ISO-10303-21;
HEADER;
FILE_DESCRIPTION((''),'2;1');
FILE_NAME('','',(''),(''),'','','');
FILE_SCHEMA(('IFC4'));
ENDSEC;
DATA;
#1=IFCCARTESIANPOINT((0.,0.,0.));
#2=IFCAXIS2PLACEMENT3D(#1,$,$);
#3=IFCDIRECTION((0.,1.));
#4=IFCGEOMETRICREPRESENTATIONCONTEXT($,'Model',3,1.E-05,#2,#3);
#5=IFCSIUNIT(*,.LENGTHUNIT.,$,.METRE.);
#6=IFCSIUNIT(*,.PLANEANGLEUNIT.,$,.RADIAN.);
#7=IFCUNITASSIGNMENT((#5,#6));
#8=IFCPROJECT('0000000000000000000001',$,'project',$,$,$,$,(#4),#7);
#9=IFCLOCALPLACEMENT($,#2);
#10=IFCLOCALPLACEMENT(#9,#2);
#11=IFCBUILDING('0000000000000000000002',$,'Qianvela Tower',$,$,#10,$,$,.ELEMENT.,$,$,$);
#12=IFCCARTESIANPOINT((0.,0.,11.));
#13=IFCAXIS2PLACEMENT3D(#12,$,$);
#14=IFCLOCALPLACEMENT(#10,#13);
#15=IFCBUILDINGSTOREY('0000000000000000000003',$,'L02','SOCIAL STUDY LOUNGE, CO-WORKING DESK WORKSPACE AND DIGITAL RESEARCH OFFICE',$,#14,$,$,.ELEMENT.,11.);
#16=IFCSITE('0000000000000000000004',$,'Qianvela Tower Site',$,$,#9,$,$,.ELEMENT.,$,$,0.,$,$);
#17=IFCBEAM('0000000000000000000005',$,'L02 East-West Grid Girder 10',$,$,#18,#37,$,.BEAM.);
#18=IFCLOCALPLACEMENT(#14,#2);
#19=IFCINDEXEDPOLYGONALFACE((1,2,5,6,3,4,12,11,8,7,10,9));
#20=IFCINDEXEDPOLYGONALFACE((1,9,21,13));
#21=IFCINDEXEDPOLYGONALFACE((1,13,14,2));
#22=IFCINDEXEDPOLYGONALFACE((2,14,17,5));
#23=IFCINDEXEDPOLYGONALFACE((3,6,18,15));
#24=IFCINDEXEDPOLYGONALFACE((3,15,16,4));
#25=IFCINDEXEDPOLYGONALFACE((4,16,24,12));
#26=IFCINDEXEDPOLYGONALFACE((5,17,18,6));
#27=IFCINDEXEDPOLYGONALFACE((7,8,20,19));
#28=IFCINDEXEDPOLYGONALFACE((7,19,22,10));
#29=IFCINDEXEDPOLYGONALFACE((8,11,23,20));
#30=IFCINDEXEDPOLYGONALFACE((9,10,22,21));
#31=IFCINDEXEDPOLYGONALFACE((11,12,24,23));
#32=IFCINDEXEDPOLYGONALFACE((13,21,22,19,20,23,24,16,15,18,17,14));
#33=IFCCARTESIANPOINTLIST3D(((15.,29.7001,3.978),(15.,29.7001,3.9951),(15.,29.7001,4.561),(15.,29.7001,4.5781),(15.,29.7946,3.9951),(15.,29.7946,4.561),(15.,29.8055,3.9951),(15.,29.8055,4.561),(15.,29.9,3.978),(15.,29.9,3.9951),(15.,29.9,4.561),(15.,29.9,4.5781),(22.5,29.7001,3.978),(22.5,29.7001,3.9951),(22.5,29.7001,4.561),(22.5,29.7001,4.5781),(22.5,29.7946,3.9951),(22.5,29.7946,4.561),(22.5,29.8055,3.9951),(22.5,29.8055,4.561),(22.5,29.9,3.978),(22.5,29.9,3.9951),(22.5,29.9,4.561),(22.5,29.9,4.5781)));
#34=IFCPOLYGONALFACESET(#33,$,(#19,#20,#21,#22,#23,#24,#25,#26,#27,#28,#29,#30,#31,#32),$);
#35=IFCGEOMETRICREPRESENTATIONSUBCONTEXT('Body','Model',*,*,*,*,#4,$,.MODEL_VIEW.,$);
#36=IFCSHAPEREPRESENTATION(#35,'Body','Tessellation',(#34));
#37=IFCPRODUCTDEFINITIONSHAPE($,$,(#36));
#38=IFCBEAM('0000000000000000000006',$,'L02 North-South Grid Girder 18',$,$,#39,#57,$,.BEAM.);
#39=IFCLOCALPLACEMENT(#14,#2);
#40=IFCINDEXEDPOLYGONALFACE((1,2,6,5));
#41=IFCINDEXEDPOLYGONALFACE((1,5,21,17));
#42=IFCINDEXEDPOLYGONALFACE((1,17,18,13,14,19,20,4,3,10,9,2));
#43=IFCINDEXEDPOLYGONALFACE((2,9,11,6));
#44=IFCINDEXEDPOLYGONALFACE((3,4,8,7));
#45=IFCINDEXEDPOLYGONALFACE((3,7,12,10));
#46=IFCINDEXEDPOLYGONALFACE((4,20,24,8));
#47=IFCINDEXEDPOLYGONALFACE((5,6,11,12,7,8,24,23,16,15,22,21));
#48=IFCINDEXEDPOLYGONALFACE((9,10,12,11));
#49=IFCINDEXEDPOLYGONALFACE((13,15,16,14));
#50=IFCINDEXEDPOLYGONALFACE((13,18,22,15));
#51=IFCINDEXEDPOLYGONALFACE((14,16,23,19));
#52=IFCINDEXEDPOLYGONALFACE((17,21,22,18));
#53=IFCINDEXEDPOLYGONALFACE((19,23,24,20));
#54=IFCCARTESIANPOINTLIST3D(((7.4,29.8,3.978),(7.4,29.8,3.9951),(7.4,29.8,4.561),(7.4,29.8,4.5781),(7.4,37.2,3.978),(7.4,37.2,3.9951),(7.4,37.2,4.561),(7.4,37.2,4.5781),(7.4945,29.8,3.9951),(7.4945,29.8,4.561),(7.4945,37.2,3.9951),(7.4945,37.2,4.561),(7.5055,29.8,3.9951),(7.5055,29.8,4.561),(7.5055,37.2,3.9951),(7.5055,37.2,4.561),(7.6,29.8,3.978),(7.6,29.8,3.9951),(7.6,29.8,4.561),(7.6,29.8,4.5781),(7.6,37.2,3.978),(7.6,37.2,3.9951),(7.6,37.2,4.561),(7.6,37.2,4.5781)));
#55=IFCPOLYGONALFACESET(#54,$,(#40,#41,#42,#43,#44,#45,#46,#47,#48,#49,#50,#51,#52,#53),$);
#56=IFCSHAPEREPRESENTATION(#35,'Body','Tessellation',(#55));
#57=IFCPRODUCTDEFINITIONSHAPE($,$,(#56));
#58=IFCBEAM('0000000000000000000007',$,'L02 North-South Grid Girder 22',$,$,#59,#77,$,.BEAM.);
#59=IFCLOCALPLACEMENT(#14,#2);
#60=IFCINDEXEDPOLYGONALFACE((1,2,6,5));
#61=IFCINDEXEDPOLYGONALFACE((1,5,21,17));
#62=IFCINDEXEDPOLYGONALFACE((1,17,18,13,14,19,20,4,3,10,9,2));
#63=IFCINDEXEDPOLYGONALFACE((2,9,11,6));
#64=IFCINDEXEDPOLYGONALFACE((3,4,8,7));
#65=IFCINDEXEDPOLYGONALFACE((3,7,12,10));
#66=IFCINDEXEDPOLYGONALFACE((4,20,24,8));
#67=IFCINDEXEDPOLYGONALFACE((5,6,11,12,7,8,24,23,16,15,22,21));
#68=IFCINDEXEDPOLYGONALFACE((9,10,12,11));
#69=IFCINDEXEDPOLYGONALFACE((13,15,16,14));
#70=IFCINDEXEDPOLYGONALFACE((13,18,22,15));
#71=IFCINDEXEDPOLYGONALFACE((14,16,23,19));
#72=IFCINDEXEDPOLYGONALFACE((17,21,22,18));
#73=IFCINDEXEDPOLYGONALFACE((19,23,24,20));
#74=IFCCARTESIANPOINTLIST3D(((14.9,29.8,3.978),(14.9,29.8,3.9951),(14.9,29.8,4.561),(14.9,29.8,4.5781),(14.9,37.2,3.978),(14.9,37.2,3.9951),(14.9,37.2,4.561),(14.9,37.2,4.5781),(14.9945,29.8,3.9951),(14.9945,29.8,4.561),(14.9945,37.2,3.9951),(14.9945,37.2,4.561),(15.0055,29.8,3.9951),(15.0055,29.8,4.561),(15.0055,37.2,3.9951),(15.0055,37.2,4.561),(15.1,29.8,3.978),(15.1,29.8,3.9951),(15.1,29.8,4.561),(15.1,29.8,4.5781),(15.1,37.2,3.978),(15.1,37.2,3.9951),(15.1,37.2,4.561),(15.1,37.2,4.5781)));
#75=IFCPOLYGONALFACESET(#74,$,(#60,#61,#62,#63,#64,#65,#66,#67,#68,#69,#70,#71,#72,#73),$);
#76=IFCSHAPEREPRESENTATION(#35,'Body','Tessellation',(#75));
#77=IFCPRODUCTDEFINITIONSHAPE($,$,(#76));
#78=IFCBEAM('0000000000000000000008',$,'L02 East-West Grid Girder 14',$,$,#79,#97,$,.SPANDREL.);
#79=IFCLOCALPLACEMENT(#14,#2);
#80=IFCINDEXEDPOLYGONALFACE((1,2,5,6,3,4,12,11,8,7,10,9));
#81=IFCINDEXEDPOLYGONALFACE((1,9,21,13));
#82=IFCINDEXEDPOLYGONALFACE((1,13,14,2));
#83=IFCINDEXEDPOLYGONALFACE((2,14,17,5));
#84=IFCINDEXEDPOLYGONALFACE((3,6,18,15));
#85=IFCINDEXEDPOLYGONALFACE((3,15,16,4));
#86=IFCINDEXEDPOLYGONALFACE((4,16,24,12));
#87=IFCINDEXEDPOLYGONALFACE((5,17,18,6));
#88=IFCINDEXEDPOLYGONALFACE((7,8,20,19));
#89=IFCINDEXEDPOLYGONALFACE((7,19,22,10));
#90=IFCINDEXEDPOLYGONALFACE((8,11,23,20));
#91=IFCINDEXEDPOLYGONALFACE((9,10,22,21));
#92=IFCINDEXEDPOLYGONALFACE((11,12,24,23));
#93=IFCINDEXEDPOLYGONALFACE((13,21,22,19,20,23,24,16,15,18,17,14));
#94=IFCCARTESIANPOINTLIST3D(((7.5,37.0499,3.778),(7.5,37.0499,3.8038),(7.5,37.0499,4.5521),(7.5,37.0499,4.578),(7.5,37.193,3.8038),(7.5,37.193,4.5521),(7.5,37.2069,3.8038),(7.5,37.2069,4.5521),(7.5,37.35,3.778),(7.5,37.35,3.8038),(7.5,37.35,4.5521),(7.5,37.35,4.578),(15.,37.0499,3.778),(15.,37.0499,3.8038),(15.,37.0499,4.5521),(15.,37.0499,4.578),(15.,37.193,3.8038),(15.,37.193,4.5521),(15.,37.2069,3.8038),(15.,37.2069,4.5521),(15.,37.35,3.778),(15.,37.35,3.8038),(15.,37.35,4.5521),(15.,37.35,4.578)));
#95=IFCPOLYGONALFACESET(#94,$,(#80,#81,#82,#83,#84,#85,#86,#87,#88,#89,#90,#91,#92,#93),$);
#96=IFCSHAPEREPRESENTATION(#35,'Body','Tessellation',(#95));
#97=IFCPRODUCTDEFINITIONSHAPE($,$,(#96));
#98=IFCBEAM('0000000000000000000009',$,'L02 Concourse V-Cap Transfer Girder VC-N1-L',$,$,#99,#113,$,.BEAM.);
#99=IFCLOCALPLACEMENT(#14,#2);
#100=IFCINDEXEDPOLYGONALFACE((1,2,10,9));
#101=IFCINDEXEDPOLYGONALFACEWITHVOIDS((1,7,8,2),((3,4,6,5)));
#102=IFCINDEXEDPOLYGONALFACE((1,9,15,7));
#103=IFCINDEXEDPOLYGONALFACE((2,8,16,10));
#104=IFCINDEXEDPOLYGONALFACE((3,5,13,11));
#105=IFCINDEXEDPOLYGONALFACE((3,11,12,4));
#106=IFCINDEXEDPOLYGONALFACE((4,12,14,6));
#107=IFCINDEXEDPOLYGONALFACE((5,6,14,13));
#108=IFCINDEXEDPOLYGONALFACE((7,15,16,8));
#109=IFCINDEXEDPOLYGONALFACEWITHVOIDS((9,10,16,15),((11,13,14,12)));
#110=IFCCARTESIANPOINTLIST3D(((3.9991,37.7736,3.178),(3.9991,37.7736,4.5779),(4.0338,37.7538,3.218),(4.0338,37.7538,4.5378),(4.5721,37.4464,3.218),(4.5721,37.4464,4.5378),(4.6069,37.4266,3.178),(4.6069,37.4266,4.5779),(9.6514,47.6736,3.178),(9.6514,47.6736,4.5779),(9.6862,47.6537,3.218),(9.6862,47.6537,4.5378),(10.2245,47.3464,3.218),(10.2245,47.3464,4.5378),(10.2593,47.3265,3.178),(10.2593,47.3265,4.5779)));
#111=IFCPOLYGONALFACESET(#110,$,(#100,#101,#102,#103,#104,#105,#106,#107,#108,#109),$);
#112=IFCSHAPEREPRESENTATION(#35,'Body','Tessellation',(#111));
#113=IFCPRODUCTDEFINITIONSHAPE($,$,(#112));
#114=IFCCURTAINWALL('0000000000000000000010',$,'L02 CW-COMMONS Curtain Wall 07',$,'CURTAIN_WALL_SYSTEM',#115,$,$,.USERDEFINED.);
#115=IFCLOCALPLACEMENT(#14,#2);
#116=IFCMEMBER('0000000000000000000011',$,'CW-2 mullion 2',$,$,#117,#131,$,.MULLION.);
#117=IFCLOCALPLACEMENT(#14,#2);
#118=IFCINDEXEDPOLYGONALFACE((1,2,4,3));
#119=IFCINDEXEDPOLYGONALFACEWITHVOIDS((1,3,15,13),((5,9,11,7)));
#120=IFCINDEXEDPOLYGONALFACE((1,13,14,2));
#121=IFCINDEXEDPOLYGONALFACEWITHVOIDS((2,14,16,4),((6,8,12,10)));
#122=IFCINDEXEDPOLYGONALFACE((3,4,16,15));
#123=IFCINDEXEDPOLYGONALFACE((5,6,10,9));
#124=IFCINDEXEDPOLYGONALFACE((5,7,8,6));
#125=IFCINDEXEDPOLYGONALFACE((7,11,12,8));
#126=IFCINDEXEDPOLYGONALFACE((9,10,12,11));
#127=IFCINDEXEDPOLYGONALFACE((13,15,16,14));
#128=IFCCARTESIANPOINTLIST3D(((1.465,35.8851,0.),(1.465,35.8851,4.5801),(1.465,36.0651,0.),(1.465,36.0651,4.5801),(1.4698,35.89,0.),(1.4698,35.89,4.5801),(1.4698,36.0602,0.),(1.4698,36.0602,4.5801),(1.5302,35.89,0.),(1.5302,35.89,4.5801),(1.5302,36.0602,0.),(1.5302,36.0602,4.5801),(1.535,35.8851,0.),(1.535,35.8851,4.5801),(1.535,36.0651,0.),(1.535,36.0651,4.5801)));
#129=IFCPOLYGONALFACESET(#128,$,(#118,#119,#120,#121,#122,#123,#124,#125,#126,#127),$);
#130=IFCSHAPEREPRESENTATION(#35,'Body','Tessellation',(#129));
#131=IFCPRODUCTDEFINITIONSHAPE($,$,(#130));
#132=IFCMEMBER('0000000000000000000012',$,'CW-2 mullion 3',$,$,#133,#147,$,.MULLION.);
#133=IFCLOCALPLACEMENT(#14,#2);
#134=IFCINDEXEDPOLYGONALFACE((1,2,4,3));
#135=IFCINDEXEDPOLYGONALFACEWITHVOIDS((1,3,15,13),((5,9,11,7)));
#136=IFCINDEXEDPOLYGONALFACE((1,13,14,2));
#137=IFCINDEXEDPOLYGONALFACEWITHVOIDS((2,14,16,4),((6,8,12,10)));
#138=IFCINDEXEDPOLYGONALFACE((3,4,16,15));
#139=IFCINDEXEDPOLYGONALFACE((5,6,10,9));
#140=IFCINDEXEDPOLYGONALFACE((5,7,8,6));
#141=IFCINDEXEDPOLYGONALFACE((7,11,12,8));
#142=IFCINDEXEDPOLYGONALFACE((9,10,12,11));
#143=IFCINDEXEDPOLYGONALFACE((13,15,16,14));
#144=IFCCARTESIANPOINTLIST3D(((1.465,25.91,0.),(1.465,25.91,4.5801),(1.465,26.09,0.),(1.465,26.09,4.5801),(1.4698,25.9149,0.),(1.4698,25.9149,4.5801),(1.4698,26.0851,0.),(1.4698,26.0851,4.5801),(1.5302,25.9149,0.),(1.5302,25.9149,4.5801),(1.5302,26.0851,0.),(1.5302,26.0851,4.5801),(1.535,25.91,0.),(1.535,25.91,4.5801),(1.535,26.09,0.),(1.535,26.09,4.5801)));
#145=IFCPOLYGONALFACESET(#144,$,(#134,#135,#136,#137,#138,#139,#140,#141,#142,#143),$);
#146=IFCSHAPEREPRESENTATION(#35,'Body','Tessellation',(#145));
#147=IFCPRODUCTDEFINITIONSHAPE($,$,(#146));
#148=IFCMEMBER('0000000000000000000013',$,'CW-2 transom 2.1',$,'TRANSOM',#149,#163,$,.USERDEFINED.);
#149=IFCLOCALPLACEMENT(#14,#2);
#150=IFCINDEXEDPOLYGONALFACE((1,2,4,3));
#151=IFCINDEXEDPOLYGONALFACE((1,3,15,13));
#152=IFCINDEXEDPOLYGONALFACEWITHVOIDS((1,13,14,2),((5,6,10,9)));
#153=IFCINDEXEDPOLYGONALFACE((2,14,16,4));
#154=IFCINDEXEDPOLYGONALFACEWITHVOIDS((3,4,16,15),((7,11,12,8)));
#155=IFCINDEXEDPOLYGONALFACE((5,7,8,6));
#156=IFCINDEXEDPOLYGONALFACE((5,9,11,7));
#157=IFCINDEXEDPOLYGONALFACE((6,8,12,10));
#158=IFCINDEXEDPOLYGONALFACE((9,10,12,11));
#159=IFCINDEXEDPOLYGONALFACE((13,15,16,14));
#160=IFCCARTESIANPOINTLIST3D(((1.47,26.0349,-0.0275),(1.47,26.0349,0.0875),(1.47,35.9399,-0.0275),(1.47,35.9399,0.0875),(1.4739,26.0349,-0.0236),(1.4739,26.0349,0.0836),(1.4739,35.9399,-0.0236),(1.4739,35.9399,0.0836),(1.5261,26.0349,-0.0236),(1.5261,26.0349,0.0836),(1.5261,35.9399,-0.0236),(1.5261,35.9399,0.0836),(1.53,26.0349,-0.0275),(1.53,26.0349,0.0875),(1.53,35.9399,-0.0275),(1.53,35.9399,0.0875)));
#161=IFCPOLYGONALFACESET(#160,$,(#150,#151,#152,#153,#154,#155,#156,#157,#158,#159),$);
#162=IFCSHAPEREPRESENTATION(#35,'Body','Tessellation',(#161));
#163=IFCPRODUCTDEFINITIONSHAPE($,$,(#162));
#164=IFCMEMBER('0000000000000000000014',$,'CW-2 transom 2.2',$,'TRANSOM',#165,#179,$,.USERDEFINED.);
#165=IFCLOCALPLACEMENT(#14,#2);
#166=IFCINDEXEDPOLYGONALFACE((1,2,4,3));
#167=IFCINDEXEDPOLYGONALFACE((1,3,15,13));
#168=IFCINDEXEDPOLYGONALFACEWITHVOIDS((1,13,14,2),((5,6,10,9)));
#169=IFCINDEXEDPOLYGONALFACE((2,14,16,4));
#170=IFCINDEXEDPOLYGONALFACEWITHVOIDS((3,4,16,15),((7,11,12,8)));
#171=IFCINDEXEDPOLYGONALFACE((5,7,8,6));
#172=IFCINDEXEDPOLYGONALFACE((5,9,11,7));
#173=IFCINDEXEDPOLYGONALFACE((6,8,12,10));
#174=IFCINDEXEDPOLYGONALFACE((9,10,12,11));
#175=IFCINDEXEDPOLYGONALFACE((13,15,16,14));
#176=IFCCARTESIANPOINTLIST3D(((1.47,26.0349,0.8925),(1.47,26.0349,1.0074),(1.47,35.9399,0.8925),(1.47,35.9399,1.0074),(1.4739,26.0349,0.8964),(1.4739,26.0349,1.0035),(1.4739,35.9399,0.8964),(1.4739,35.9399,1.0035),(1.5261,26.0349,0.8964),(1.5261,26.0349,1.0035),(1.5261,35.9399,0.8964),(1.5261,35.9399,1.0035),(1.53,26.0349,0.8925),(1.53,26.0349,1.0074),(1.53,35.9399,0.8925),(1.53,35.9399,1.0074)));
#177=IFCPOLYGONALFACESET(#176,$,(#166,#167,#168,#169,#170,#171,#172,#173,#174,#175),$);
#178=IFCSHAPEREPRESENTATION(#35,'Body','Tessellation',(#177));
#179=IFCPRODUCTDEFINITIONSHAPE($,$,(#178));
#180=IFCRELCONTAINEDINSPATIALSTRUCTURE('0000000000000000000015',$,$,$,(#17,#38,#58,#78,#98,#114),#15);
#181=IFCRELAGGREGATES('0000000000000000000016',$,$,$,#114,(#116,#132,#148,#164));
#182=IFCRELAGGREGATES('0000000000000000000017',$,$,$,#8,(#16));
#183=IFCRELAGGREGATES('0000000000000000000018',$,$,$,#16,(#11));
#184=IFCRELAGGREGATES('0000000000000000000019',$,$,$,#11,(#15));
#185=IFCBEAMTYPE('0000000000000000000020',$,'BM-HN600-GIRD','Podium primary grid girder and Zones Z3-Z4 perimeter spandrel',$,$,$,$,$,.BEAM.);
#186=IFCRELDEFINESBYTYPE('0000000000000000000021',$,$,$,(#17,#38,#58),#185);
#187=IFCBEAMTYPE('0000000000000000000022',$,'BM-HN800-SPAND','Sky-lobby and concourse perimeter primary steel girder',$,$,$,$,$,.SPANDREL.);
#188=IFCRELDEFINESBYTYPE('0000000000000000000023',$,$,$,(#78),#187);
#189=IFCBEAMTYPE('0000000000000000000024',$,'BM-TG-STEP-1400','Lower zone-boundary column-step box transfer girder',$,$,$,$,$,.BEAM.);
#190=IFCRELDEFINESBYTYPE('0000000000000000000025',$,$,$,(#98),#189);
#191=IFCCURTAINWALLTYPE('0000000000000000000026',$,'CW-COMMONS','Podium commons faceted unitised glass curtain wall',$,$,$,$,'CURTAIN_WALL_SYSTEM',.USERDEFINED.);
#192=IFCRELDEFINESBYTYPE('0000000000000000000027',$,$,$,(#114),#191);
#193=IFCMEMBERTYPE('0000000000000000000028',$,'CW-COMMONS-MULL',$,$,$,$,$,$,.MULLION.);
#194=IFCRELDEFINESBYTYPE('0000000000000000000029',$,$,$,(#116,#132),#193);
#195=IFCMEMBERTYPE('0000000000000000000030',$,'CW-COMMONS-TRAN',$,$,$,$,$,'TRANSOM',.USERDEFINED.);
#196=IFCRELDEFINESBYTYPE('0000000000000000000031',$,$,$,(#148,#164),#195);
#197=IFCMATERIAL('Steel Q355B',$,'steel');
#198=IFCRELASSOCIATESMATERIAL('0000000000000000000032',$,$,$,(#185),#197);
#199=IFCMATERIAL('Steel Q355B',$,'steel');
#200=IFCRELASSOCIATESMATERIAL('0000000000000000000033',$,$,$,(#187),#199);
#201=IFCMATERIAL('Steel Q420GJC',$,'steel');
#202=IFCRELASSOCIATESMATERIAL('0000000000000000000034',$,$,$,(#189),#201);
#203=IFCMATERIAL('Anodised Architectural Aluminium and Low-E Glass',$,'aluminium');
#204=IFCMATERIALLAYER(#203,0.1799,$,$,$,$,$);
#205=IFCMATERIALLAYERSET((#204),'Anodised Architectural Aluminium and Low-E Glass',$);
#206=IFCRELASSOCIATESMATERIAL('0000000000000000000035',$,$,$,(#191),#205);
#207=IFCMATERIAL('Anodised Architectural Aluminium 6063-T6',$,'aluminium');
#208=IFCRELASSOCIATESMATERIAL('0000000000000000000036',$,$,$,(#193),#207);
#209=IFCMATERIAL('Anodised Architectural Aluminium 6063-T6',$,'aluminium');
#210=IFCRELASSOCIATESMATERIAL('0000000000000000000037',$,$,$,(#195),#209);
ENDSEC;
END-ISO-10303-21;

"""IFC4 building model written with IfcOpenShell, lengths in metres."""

from ifc_helpers import new_model, si_unit, direction, frame, origin, origin_2d, place, context, subcontext, project, spatial, hollow_rectangle, i_section, extrude, material, layer, layer_set, material_profile, profile_set, type_object, element, aggregate, save


model = new_model("IFC4")

# Units and contexts
model_context = context("Model", 3, precision=1e-05, world=origin(), true_north=direction((0.0, 1.0)))
body_context = subcontext(model_context, "Body", "Model", "MODEL_VIEW")
ifc_project = project(units=[si_unit("LENGTHUNIT", "METRE"), si_unit("PLANEANGLEUNIT", "RADIAN")], contexts=[model_context])

# Site, building, storey
site_placement = place(None, origin())
site = spatial("IfcSite", under=ifc_project, at=site_placement, Name="Qianvela Tower Site", CompositionType="ELEMENT", RefElevation=0.0)
building_placement = place(site_placement, origin())
building = spatial("IfcBuilding", under=site, at=building_placement, Name="Qianvela Tower", CompositionType="ELEMENT")
storey_placement = place(building_placement, frame((0.0, 0.0, 11.0)))
storey = spatial("IfcBuildingStorey", under=building, at=storey_placement, Name="L02", Description="SOCIAL STUDY LOUNGE, CO-WORKING DESK WORKSPACE AND DIGITAL RESEARCH OFFICE", CompositionType="ELEMENT", Elevation=11.0)

# Beams
ifc_material_1 = material(Name="Steel Q355B", Category="steel")
ifc_material_profile_1 = material_profile(ifc_material_1, i_section(OverallWidth=0.2, OverallDepth=0.6001, WebThickness=0.011, FlangeThickness=0.0171, at=origin_2d()), Name="HN600x200x11x17")
ifc_profile_set_1 = profile_set([ifc_material_profile_1], Name="Steel Q355B")
beam_type_1 = type_object("IfcBeamType", Name="BM-HN600-GIRD", Description="Podium primary grid girder and Zones Z3-Z4 perimeter spandrel", PredefinedType="BEAM", material=ifc_profile_set_1)
for number, where, z_axis, x_axis, name in (
    (1, (15.0, 29.8, 4.2781), (1.0, 0.0, 0.0), (0.0, 1.0, 0.0), "L02 East-West Grid Girder 10"),
):
    element("IfcBeam", number, at=place(storey_placement, frame(where, z_axis=z_axis, x_axis=x_axis)), inside=storey, type_object=beam_type_1, Name=name, PredefinedType="BEAM", context=body_context, shape_type="SweptSolid", body=[
        extrude(i_section(OverallWidth=0.2, OverallDepth=0.6001, WebThickness=0.011, FlangeThickness=0.0171, at=origin_2d()), origin(), (0.0, 0.0, 1.0), 7.5),
    ])
for number, where, z_axis, x_axis, name in (
    (2, (7.5, 29.8, 4.2781), (0.0, 1.0, 0.0), (-1.0, 0.0, 0.0), "L02 North-South Grid Girder 18"),
    (3, (15.0, 29.8, 4.2781), (0.0, 1.0, 0.0), (-1.0, 0.0, 0.0), "L02 North-South Grid Girder 22"),
):
    element("IfcBeam", number, at=place(storey_placement, frame(where, z_axis=z_axis, x_axis=x_axis)), inside=storey, type_object=beam_type_1, Name=name, PredefinedType="BEAM", context=body_context, shape_type="SweptSolid", body=[
        extrude(i_section(OverallWidth=0.2, OverallDepth=0.6001, WebThickness=0.011, FlangeThickness=0.0171, at=origin_2d()), origin(), (0.0, 0.0, 1.0), 7.3999),
    ])
ifc_material_2 = material(Name="Steel Q355B", Category="steel")
ifc_material_profile_2 = material_profile(ifc_material_2, i_section(OverallWidth=0.3, OverallDepth=0.8, WebThickness=0.0139, FlangeThickness=0.0259, at=origin_2d()), Name="HN800x300x14x26")
ifc_profile_set_2 = profile_set([ifc_material_profile_2], Name="Steel Q355B")
beam_type_2 = type_object("IfcBeamType", Name="BM-HN800-SPAND", Description="Sky-lobby and concourse perimeter primary steel girder", PredefinedType="SPANDREL", material=ifc_profile_set_2)
beam_1_placement = place(storey_placement, frame((7.5, 37.2, 4.178), z_axis=(1.0, 0.0, 0.0), x_axis=(0.0, 1.0, 0.0)))
element("IfcBeam", 4, at=beam_1_placement, inside=storey, type_object=beam_type_2, Name="L02 East-West Grid Girder 14", PredefinedType="SPANDREL", context=body_context, shape_type="SweptSolid", body=[
    extrude(i_section(OverallWidth=0.3, OverallDepth=0.8, WebThickness=0.0139, FlangeThickness=0.0259, at=origin_2d()), origin(), (0.0, 0.0, 1.0), 7.5),
])
ifc_material_3 = material(Name="Steel Q420GJC", Category="steel")
ifc_material_profile_3 = material_profile(ifc_material_3, hollow_rectangle(XDim=0.7, YDim=1.3999, WallThickness=0.04, at=origin_2d()), Name="TG-BOX-1400x700x40")
ifc_profile_set_3 = profile_set([ifc_material_profile_3], Name="Steel Q420GJC")
beam_type_3 = type_object("IfcBeamType", Name="BM-TG-STEP-1400", Description="Lower zone-boundary column-step box transfer girder", PredefinedType="BEAM", material=ifc_profile_set_3)
beam_2_placement = place(storey_placement, frame((4.303, 37.6001, 3.8779), z_axis=(0.495825, 0.868422, 0.0), x_axis=(-0.868422, 0.495825, 0.0)))
element("IfcBeam", 5, at=beam_2_placement, inside=storey, type_object=beam_type_3, Name="L02 Concourse V-Cap Transfer Girder VC-N1-L", PredefinedType="BEAM", context=body_context, shape_type="SweptSolid", body=[
    extrude(hollow_rectangle(XDim=0.7, YDim=1.3999, WallThickness=0.04, at=origin_2d()), origin(), (0.0, 0.0, 1.0), 11.3999),
])

# Curtain wall, members
ifc_material_4 = material(Name="Anodised Architectural Aluminium and Low-E Glass", Category="aluminium")
ifc_layer_1 = layer(ifc_material_4, 0.1799)
ifc_layer_set_1 = layer_set([ifc_layer_1], Name="Anodised Architectural Aluminium and Low-E Glass")
curtain_wall_type = type_object("IfcCurtainWallType", Name="CW-COMMONS", Description="Podium commons faceted unitised glass curtain wall", ElementType="CURTAIN_WALL_SYSTEM", PredefinedType="USERDEFINED", material=ifc_layer_set_1)
curtain_wall_placement = place(storey_placement, origin())
curtain_wall = element("IfcCurtainWall", 6, at=curtain_wall_placement, inside=storey, type_object=curtain_wall_type, Name="L02 CW-COMMONS Curtain Wall 07", ObjectType="CURTAIN_WALL_SYSTEM", PredefinedType="USERDEFINED")
ifc_material_5 = material(Name="Anodised Architectural Aluminium 6063-T6", Category="aluminium")
ifc_material_profile_4 = material_profile(ifc_material_5, hollow_rectangle(XDim=0.0701, YDim=0.1799, WallThickness=0.0049, at=origin_2d()), Name="ALU-MULL-70x180")
ifc_profile_set_4 = profile_set([ifc_material_profile_4], Name="Anodised Architectural Aluminium 6063-T6")
member_type_1 = type_object("IfcMemberType", Name="CW-COMMONS-MULL", PredefinedType="MULLION", material=ifc_profile_set_4)
member_1_placement = place(storey_placement, frame((1.5, 35.9751, 0.0), z_axis=(0.0, 0.0, 1.0), x_axis=(1.0, 0.0, 0.0)))
member_1 = element("IfcMember", 7, at=member_1_placement, type_object=member_type_1, Name="CW-2 mullion 2", PredefinedType="MULLION", context=body_context, shape_type="SweptSolid", body=[
    extrude(hollow_rectangle(XDim=0.0701, YDim=0.1799, WallThickness=0.0049, at=origin_2d()), origin(), (0.0, 0.0, 1.0), 4.5801),
])
member_2_placement = place(storey_placement, frame((1.5, 26.0, 0.0), z_axis=(0.0, 0.0, 1.0), x_axis=(1.0, 0.0, 0.0)))
member_2 = element("IfcMember", 8, at=member_2_placement, type_object=member_type_1, Name="CW-2 mullion 3", PredefinedType="MULLION", context=body_context, shape_type="SweptSolid", body=[
    extrude(hollow_rectangle(XDim=0.0701, YDim=0.1799, WallThickness=0.0049, at=origin_2d()), origin(), (0.0, 0.0, 1.0), 4.5801),
])
ifc_material_6 = material(Name="Anodised Architectural Aluminium 6063-T6", Category="aluminium")
ifc_material_profile_5 = material_profile(ifc_material_6, hollow_rectangle(XDim=0.0601, YDim=0.115, WallThickness=0.0039, at=origin_2d()), Name="ALU-TRAN-60x115")
ifc_profile_set_5 = profile_set([ifc_material_profile_5], Name="Anodised Architectural Aluminium 6063-T6")
member_type_2 = type_object("IfcMemberType", Name="CW-COMMONS-TRAN", ElementType="TRANSOM", PredefinedType="USERDEFINED", material=ifc_profile_set_5)
member_3_placement = place(storey_placement, frame((1.5, 35.9399, 0.03), z_axis=(0.0, -1.0, 0.0), x_axis=(1.0, 0.0, 0.0)))
member_3 = element("IfcMember", 9, at=member_3_placement, type_object=member_type_2, Name="CW-2 transom 2.1", ObjectType="TRANSOM", PredefinedType="USERDEFINED", context=body_context, shape_type="SweptSolid", body=[
    extrude(hollow_rectangle(XDim=0.0601, YDim=0.115, WallThickness=0.0039, at=origin_2d()), origin(), (0.0, 0.0, 1.0), 9.905),
])
member_4_placement = place(storey_placement, frame((1.5, 35.9399, 0.95), z_axis=(0.0, -1.0, 0.0), x_axis=(1.0, 0.0, 0.0)))
member_4 = element("IfcMember", 10, at=member_4_placement, type_object=member_type_2, Name="CW-2 transom 2.2", ObjectType="TRANSOM", PredefinedType="USERDEFINED", context=body_context, shape_type="SweptSolid", body=[
    extrude(hollow_rectangle(XDim=0.0601, YDim=0.115, WallThickness=0.0039, at=origin_2d()), origin(), (0.0, 0.0, 1.0), 9.905),
])
aggregate(curtain_wall, [member_1, member_2, member_3, member_4])

save(model, "model.ifc")
